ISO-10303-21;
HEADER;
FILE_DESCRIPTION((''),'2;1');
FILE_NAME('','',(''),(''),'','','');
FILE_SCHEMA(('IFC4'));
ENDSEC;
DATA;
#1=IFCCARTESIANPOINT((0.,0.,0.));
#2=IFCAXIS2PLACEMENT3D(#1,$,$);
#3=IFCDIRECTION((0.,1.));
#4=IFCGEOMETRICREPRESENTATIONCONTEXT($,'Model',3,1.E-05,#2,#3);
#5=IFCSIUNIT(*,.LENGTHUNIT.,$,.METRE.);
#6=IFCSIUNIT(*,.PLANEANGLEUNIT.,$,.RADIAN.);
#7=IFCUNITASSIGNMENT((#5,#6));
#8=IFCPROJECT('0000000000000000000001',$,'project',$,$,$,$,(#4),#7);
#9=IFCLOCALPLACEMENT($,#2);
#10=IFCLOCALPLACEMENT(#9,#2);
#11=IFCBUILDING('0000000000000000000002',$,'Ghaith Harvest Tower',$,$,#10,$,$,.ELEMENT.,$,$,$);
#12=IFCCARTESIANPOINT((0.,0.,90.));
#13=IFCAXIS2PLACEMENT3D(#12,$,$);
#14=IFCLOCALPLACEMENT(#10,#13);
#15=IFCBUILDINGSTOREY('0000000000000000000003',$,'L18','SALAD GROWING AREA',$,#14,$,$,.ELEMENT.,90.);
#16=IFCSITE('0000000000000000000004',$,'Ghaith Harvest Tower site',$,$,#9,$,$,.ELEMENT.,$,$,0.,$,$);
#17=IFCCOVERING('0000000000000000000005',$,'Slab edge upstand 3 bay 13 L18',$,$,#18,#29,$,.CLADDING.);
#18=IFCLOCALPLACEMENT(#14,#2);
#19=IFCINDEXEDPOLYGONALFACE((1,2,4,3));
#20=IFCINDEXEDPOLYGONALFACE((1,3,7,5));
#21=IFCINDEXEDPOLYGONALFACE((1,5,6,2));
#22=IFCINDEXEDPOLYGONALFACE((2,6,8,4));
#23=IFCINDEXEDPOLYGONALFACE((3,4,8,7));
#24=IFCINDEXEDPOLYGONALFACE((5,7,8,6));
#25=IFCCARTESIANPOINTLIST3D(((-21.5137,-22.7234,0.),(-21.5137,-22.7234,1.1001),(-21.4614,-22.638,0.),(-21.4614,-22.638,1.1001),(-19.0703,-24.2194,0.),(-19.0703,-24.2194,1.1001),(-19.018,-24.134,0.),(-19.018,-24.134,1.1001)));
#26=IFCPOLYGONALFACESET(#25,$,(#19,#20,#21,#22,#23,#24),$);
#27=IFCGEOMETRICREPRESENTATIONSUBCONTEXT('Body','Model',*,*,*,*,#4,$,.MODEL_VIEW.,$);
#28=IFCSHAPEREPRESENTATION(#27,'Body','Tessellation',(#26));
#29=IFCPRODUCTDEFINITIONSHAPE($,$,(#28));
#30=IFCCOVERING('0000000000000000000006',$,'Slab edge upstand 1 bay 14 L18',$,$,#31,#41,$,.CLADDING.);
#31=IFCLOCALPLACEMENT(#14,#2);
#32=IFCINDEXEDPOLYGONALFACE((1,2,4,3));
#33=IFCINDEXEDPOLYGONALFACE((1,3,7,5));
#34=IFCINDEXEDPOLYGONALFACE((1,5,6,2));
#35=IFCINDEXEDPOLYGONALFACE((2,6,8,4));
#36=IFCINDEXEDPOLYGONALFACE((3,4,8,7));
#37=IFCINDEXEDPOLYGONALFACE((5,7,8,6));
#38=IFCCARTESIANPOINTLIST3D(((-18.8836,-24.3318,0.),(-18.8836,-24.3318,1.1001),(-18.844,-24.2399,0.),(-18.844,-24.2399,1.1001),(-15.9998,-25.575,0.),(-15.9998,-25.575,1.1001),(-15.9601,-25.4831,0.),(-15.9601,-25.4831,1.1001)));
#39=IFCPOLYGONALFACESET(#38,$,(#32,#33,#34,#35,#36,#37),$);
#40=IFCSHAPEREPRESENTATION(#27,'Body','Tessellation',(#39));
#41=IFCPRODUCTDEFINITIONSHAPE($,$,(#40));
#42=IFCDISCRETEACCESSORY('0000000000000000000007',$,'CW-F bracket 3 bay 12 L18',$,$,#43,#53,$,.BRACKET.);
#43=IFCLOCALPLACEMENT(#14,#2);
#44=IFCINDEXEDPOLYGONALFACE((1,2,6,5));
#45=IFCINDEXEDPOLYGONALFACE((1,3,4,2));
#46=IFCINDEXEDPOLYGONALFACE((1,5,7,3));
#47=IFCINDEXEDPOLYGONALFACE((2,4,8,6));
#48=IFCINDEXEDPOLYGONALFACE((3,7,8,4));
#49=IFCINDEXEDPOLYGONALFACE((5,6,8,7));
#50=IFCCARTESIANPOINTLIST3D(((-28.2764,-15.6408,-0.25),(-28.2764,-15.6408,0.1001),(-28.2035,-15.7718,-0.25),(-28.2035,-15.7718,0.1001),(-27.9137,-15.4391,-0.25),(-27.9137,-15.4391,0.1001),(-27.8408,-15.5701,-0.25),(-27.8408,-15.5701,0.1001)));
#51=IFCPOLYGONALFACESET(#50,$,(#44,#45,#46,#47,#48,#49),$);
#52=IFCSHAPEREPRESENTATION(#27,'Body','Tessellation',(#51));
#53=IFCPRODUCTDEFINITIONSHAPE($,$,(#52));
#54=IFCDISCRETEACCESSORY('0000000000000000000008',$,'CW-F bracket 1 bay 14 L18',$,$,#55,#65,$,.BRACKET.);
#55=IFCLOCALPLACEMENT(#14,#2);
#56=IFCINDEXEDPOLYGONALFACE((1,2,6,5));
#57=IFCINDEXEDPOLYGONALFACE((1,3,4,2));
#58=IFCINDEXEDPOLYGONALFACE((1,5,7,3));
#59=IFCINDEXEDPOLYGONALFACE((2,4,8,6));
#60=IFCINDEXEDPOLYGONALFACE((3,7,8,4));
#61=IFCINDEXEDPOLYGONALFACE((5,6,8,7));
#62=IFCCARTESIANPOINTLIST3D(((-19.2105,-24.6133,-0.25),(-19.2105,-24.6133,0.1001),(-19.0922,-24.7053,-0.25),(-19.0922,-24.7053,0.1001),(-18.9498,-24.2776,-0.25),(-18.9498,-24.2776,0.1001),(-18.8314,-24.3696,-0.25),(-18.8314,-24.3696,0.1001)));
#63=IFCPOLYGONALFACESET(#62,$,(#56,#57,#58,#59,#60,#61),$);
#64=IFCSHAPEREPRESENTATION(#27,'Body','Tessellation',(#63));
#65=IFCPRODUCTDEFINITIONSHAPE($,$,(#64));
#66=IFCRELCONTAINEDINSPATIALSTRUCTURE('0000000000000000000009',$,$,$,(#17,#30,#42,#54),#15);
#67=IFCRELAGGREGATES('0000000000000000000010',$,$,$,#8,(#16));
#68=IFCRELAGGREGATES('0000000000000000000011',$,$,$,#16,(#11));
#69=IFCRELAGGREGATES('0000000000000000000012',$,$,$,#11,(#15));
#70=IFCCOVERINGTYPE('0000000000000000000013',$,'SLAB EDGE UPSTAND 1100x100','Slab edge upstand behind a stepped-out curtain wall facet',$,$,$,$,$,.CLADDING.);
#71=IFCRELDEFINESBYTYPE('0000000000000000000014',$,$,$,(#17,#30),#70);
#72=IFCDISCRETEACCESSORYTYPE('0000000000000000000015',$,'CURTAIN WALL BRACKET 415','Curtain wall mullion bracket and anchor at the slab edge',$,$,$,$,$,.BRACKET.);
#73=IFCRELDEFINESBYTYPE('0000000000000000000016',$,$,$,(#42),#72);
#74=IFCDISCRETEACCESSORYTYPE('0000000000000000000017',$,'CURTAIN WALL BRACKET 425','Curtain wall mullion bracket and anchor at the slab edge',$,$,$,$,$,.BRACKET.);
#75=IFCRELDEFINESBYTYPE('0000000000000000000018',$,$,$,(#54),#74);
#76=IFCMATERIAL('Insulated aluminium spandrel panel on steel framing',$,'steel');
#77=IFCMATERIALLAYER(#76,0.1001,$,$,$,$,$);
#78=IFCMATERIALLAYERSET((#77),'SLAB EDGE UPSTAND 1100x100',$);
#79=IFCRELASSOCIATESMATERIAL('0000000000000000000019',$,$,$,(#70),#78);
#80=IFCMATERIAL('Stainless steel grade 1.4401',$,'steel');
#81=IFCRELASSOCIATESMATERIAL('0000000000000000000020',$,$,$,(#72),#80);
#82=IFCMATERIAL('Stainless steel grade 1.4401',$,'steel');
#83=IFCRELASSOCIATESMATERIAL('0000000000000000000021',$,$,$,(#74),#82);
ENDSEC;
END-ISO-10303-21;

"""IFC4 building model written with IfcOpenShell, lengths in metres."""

from ifc_helpers import new_model, si_unit, direction, frame, origin, origin_2d, place, context, subcontext, project, spatial, rectangle, extrude, material, layer, layer_set, type_object, element, save


model = new_model("IFC4")

# Units and contexts
model_context = context("Model", 3, precision=1e-05, world=origin(), true_north=direction((0.0, 1.0)))
body_context = subcontext(model_context, "Body", "Model", "MODEL_VIEW")
ifc_project = project(units=[si_unit("LENGTHUNIT", "METRE"), si_unit("PLANEANGLEUNIT", "RADIAN")], contexts=[model_context])

# Site, building, storey
site_placement = place(None, origin())
site = spatial("IfcSite", under=ifc_project, at=site_placement, Name="Ghaith Harvest Tower site", CompositionType="ELEMENT", RefElevation=0.0)
building_placement = place(site_placement, origin())
building = spatial("IfcBuilding", under=site, at=building_placement, Name="Ghaith Harvest Tower", CompositionType="ELEMENT")
storey_placement = place(building_placement, frame((0.0, 0.0, 90.0)))
storey = spatial("IfcBuildingStorey", under=building, at=storey_placement, Name="L18", Description="SALAD GROWING AREA", CompositionType="ELEMENT", Elevation=90.0)

# Coverings
ifc_material_1 = material(Name="Insulated aluminium spandrel panel on steel framing", Category="steel")
ifc_layer_1 = layer(ifc_material_1, 0.1001)
ifc_layer_set_1 = layer_set([ifc_layer_1], Name="SLAB EDGE UPSTAND 1100x100")
covering_type = type_object("IfcCoveringType", Name="SLAB EDGE UPSTAND 1100x100", Description="Slab edge upstand behind a stepped-out curtain wall facet", PredefinedType="CLADDING", material=ifc_layer_set_1)
covering_1_placement = place(storey_placement, frame((-20.2659, -23.4287, 0.0), z_axis=(0.0, 0.0, 1.0), x_axis=(0.852847, -0.522161, 0.0)))
element("IfcCovering", 1, at=covering_1_placement, inside=storey, type_object=covering_type, Name="Slab edge upstand 3 bay 13 L18", PredefinedType="CLADDING", context=body_context, shape_type="SweptSolid", body=[
    extrude(rectangle(XDim=2.865, YDim=0.1001, at=origin_2d()), origin(), (0.0, 0.0, 1.0), 1.1001),
])
covering_2_placement = place(storey_placement, frame((-17.4219, -24.9075, 0.0), z_axis=(0.0, 0.0, 1.0), x_axis=(0.918307, -0.395869, 0.0)))
element("IfcCovering", 2, at=covering_2_placement, inside=storey, type_object=covering_type, Name="Slab edge upstand 1 bay 14 L18", PredefinedType="CLADDING", context=body_context, shape_type="SweptSolid", body=[
    extrude(rectangle(XDim=3.1404, YDim=0.1001, at=origin_2d()), origin(), (0.0, 0.0, 1.0), 1.1001),
])

# Discrete accessories
ifc_material_2 = material(Name="Stainless steel grade 1.4401", Category="steel")
discrete_accessory_type_1 = type_object("IfcDiscreteAccessoryType", Name="CURTAIN WALL BRACKET 415", Description="Curtain wall mullion bracket and anchor at the slab edge", PredefinedType="BRACKET", material=ifc_material_2)
discrete_accessory_1_placement = place(storey_placement, frame((-28.0586, -15.6055, -0.25), z_axis=(0.0, 0.0, 1.0), x_axis=(-0.873927, -0.486057, 0.0)))
element("IfcDiscreteAccessory", 3, at=discrete_accessory_1_placement, inside=storey, type_object=discrete_accessory_type_1, Name="CW-F bracket 3 bay 12 L18", PredefinedType="BRACKET", context=body_context, shape_type="SweptSolid", body=[
    extrude(rectangle(XDim=0.415, YDim=0.1499, at=origin_2d()), origin(), (0.0, 0.0, 1.0), 0.3501),
])
ifc_material_3 = material(Name="Stainless steel grade 1.4401", Category="steel")
discrete_accessory_type_2 = type_object("IfcDiscreteAccessoryType", Name="CURTAIN WALL BRACKET 425", Description="Curtain wall mullion bracket and anchor at the slab edge", PredefinedType="BRACKET", material=ifc_material_3)
discrete_accessory_2_placement = place(storey_placement, frame((-19.021, -24.4915, -0.25), z_axis=(0.0, 0.0, 1.0), x_axis=(-0.613378, -0.78979, 0.0)))
element("IfcDiscreteAccessory", 4, at=discrete_accessory_2_placement, inside=storey, type_object=discrete_accessory_type_2, Name="CW-F bracket 1 bay 14 L18", PredefinedType="BRACKET", context=body_context, shape_type="SweptSolid", body=[
    extrude(rectangle(XDim=0.425, YDim=0.1499, at=origin_2d()), origin(), (0.0, 0.0, 1.0), 0.3501),
])

save(model, "model.ifc")
